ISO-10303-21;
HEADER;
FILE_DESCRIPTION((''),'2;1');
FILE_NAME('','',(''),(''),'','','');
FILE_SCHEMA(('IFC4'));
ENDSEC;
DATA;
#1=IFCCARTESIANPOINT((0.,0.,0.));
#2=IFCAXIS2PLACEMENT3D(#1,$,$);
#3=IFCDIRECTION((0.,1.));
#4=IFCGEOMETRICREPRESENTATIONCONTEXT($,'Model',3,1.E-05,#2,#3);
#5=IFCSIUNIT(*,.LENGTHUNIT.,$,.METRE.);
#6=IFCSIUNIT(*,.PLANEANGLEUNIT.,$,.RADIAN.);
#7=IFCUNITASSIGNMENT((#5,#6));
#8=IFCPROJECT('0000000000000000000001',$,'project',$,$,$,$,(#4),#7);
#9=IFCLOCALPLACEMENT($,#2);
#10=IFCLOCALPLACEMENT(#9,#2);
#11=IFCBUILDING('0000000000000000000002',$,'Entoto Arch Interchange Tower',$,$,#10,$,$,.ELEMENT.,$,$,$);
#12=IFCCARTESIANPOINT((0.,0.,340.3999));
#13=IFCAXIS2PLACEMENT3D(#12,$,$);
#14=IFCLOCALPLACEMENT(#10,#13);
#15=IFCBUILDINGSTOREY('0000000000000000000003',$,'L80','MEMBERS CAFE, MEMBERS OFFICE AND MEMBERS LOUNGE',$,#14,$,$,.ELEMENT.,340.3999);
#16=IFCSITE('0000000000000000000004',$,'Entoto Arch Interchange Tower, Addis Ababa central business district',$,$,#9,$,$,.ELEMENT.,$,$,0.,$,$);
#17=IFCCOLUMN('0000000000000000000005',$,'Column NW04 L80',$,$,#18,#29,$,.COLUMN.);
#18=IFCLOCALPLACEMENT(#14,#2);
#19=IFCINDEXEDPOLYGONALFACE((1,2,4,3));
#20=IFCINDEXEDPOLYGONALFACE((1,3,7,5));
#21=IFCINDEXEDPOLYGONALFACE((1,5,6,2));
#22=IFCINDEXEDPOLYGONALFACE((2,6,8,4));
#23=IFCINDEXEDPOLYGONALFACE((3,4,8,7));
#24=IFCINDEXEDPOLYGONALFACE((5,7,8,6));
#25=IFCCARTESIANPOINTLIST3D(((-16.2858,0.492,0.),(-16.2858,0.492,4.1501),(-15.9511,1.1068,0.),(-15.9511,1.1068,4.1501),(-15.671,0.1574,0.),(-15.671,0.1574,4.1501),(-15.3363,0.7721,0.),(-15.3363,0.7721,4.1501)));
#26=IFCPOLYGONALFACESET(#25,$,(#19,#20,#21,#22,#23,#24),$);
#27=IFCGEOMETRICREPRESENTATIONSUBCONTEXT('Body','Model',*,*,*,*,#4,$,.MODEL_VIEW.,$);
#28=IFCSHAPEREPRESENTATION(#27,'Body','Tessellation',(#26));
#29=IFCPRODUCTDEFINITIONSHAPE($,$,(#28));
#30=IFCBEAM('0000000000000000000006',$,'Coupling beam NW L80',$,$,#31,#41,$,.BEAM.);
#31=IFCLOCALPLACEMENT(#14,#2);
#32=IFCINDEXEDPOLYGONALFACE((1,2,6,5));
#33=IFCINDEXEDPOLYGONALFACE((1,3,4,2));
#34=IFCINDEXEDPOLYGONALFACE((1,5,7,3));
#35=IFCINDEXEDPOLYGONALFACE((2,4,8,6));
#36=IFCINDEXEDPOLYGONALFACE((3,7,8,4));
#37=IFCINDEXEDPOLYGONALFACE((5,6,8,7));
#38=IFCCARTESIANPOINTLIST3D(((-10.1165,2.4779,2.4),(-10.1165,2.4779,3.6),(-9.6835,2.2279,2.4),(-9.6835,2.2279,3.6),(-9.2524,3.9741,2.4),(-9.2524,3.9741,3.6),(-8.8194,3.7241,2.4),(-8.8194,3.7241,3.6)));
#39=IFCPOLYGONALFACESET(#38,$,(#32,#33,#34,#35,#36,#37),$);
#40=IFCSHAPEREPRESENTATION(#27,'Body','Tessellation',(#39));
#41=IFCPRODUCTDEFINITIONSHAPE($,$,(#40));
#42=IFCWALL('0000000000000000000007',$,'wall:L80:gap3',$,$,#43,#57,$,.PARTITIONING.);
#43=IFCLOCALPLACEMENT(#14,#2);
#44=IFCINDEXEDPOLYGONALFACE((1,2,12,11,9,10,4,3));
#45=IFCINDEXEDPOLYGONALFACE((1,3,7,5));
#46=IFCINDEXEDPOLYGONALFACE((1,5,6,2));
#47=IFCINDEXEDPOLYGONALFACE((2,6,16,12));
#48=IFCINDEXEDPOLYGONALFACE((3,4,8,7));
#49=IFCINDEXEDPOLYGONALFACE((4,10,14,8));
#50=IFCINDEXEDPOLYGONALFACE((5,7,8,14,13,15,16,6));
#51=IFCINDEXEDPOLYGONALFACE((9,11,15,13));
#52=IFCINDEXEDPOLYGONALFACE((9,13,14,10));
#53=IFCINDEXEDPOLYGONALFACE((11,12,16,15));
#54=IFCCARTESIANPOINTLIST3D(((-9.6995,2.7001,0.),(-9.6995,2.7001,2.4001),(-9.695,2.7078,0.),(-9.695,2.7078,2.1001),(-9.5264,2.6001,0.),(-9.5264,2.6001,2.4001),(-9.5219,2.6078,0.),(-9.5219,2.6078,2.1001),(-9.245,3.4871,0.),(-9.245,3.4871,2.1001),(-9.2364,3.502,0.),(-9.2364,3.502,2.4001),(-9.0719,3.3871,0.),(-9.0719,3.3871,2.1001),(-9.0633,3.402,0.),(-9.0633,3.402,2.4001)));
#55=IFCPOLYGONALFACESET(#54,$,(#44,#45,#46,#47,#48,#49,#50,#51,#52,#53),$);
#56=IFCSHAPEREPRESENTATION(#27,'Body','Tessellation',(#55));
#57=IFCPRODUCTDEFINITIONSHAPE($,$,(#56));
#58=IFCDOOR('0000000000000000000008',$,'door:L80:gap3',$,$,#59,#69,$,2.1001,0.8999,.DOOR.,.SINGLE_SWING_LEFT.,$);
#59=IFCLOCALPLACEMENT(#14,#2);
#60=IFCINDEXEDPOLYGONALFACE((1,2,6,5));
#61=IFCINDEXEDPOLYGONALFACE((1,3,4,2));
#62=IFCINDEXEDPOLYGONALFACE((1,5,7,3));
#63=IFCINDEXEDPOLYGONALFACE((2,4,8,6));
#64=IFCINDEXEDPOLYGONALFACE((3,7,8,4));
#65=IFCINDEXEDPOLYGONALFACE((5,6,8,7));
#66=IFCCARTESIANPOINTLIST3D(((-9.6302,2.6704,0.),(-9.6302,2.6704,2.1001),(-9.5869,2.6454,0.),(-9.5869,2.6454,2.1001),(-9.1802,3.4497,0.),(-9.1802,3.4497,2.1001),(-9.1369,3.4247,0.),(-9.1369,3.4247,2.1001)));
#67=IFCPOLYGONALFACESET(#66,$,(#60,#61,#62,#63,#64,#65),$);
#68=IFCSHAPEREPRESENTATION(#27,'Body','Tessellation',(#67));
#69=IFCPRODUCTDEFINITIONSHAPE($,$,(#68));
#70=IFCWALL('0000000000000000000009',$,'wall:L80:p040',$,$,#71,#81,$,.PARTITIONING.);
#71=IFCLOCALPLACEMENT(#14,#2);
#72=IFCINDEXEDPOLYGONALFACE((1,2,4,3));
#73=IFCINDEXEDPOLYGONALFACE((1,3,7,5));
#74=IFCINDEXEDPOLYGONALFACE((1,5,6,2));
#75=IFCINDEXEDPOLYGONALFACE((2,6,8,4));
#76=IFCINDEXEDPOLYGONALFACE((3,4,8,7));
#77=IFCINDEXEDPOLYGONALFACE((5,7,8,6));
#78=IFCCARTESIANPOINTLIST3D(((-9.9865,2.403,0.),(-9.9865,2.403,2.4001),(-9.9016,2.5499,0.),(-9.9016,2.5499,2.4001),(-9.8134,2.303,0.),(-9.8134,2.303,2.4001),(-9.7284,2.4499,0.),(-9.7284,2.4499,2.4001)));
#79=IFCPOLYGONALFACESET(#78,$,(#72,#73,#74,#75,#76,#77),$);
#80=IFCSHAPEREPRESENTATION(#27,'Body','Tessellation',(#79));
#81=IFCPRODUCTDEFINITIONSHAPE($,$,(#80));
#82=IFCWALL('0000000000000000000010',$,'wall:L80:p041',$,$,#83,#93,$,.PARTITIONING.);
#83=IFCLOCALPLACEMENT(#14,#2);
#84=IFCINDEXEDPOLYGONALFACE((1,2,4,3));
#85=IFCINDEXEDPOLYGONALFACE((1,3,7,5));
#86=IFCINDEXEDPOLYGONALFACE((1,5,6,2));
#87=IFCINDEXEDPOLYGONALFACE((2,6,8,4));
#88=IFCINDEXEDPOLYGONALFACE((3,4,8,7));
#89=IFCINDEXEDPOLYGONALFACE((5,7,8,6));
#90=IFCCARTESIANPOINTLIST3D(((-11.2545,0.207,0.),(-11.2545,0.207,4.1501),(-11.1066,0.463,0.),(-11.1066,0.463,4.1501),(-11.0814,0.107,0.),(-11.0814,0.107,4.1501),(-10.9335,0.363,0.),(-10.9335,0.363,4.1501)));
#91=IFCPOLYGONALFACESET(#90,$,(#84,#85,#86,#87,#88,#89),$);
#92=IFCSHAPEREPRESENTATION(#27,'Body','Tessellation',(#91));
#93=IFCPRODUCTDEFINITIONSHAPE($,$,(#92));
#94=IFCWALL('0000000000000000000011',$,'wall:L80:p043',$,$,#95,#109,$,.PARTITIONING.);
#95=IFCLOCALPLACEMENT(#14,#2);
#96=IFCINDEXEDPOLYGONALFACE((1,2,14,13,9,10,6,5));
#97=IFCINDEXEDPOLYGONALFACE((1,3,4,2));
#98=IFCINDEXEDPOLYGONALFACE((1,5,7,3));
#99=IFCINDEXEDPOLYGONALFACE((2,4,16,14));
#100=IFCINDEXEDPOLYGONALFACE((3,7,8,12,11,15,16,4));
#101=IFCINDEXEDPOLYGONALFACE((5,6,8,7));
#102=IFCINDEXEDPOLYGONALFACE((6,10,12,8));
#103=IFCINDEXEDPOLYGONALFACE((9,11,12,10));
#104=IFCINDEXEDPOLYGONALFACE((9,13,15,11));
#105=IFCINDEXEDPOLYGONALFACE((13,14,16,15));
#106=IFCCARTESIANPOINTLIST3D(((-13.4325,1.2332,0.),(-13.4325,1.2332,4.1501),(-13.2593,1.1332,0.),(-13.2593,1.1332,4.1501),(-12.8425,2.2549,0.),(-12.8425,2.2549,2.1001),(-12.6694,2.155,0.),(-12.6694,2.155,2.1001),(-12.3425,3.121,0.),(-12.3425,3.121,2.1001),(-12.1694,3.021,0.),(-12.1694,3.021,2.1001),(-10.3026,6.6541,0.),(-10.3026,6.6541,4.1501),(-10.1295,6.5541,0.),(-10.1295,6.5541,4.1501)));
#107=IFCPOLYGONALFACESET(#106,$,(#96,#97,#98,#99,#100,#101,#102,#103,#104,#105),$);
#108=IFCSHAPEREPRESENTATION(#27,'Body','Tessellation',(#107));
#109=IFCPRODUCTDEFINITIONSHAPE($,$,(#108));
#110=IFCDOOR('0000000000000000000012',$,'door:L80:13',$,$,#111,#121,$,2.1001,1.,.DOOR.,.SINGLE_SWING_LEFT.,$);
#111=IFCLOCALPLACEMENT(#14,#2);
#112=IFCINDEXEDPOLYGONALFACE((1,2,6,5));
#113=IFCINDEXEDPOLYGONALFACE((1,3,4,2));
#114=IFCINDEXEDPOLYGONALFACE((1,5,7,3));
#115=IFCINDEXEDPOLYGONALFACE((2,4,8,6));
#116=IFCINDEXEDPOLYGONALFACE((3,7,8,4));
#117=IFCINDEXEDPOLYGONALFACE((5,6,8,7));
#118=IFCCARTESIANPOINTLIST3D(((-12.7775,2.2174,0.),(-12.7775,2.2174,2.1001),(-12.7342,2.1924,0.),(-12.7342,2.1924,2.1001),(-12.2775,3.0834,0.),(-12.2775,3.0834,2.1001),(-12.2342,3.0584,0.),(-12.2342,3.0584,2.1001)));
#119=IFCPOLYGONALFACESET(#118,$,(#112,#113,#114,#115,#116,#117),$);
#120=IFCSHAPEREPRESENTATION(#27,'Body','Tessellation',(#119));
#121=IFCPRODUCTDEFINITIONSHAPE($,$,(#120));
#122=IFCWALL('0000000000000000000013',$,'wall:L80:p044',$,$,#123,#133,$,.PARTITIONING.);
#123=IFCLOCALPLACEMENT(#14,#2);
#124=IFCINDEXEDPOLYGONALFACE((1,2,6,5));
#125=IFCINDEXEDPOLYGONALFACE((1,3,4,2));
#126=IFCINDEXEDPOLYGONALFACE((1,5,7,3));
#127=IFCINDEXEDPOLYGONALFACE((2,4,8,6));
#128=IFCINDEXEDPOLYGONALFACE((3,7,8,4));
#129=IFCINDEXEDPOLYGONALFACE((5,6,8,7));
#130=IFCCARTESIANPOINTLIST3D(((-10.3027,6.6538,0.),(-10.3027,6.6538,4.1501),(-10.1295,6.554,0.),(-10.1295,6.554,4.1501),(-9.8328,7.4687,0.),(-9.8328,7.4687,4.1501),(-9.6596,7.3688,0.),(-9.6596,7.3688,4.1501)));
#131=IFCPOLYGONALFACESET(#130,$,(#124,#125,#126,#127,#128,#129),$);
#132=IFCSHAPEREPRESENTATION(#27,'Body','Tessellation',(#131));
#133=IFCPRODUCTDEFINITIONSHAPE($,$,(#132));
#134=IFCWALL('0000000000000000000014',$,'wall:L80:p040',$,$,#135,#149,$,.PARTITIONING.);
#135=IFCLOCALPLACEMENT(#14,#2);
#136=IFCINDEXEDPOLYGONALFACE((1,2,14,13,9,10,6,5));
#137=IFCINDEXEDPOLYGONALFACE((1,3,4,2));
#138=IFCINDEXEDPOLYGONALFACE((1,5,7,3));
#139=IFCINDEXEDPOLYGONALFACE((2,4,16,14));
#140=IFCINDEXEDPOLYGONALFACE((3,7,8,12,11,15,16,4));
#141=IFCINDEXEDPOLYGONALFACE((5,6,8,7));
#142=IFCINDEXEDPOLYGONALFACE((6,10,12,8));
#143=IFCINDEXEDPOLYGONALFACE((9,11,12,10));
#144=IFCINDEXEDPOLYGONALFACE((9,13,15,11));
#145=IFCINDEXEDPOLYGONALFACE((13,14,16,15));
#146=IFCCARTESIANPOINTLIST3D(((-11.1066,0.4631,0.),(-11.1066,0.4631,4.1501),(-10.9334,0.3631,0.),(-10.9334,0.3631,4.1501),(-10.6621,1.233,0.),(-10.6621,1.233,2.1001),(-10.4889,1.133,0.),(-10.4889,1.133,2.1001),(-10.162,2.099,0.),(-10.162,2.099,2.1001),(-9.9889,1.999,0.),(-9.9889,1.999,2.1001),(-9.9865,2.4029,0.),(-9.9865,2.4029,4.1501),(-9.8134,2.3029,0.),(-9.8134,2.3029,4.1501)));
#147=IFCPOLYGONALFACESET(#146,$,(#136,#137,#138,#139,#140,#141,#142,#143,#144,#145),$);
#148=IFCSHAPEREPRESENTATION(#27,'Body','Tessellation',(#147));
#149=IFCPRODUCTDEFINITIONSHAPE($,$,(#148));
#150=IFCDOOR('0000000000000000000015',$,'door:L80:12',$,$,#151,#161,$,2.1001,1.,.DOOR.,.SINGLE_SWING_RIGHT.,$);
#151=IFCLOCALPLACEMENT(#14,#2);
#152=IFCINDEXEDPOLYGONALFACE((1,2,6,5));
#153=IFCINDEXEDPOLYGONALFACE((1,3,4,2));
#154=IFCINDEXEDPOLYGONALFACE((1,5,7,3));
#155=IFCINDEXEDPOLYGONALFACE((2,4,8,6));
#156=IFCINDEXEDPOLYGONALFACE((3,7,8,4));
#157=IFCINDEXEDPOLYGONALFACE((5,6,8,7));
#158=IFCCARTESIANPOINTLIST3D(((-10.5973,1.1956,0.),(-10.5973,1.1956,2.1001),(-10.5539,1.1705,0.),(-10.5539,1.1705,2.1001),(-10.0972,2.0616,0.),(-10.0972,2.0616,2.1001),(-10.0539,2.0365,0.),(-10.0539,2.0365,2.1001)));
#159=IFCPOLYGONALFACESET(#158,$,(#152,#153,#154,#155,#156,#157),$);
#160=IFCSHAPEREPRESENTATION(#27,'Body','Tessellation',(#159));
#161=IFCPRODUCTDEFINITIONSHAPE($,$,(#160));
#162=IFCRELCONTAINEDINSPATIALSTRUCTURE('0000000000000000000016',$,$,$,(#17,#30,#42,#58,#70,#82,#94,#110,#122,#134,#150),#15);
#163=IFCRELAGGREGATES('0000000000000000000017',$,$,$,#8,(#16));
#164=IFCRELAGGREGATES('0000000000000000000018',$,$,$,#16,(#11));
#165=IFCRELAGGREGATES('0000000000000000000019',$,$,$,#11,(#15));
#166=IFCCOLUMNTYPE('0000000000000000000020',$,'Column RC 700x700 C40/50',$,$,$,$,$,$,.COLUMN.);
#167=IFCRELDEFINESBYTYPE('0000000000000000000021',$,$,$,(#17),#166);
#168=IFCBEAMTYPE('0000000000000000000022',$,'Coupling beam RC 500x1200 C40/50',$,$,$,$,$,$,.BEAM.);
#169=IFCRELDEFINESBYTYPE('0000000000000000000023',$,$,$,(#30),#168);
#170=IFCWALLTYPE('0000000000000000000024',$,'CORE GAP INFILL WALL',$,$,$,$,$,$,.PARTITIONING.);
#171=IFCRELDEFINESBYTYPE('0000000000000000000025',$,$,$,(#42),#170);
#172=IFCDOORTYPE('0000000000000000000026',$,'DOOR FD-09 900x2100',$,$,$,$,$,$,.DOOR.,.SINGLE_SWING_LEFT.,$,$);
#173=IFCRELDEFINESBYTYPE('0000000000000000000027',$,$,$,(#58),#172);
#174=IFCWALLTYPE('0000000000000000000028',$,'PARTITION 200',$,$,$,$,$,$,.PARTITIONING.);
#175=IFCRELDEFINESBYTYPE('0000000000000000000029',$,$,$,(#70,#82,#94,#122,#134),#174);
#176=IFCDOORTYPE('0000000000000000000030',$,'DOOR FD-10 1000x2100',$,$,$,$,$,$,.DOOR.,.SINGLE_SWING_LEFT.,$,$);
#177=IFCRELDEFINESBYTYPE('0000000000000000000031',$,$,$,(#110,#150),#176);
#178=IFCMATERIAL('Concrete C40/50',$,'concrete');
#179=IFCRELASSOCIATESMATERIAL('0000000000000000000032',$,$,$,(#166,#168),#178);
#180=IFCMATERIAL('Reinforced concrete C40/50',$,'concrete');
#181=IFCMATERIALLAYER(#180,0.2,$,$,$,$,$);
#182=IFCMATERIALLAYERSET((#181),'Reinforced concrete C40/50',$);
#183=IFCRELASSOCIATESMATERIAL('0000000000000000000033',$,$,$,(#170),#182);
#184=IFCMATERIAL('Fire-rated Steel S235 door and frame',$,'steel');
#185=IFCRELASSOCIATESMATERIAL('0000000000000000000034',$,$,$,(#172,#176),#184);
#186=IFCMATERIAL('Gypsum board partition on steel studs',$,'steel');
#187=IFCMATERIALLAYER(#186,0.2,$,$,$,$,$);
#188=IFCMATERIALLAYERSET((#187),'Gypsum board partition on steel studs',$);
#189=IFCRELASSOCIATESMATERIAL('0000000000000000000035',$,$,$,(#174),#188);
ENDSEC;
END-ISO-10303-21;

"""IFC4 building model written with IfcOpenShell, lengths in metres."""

from ifc_helpers import new_model, si_unit, direction, frame, frame_2d, origin, origin_2d, place, context, subcontext, project, spatial, rectangle, extrude, material, layer, layer_set, material_profile, profile_set, type_object, element, fill, save


model = new_model("IFC4")

# Units and contexts
model_context = context("Model", 3, precision=1e-05, world=origin(), true_north=direction((0.0, 1.0)))
body_context = subcontext(model_context, "Body", "Model", "MODEL_VIEW")
ifc_project = project(units=[si_unit("LENGTHUNIT", "METRE"), si_unit("PLANEANGLEUNIT", "RADIAN")], contexts=[model_context])

# Site, building, storey
site_placement = place(None, origin())
site = spatial("IfcSite", under=ifc_project, at=site_placement, Name="Entoto Arch Interchange Tower, Addis Ababa central business district", CompositionType="ELEMENT", RefElevation=0.0)
building_placement = place(site_placement, origin())
building = spatial("IfcBuilding", under=site, at=building_placement, Name="Entoto Arch Interchange Tower", CompositionType="ELEMENT")
storey_placement = place(building_placement, frame((0.0, 0.0, 340.3999)))
storey = spatial("IfcBuildingStorey", under=building, at=storey_placement, Name="L80", Description="MEMBERS CAFE, MEMBERS OFFICE AND MEMBERS LOUNGE", CompositionType="ELEMENT", Elevation=340.3999)

# Column
ifc_material_1 = material(Name="Concrete C40/50", Category="concrete")
ifc_material_profile_1 = material_profile(ifc_material_1, rectangle(XDim=0.7, YDim=0.7, at=origin_2d()))
ifc_profile_set_1 = profile_set([ifc_material_profile_1], Name="Concrete C40/50")
column_type = type_object("IfcColumnType", Name="Column RC 700x700 C40/50", PredefinedType="COLUMN", material=ifc_profile_set_1)
column_placement = place(storey_placement, frame((-15.811, 0.6321, 0.0), z_axis=(0.0, 0.0, 1.0), x_axis=(0.47814, 0.878284, 0.0)))
element("IfcColumn", 1, at=column_placement, inside=storey, type_object=column_type, Name="Column NW04 L80", PredefinedType="COLUMN", context=body_context, shape_type="SweptSolid", body=[
    extrude(rectangle(XDim=0.7, YDim=0.7, at=origin_2d()), origin(), (0.0, 0.0, 1.0), 4.1501),
])

# Beam
ifc_material_profile_2 = material_profile(ifc_material_1, rectangle(XDim=0.5, YDim=1.2, at=origin_2d()))
ifc_profile_set_2 = profile_set([ifc_material_profile_2], Name="Concrete C40/50")
beam_type = type_object("IfcBeamType", Name="Coupling beam RC 500x1200 C40/50", PredefinedType="BEAM", material=ifc_profile_set_2)
beam_placement = place(storey_placement, frame((-9.0359, 3.8491, 3.0), z_axis=(-0.500106, -0.865964, 0.0), x_axis=(0.865964, -0.500106, 0.0)))
element("IfcBeam", 2, at=beam_placement, inside=storey, type_object=beam_type, Name="Coupling beam NW L80", PredefinedType="BEAM", context=body_context, shape_type="SweptSolid", body=[
    extrude(rectangle(XDim=0.5, YDim=1.2, at=origin_2d()), origin(), (0.0, 0.0, 1.0), 1.7278),
])

# Wall, opening, door
ifc_material_2 = material(Name="Reinforced concrete C40/50", Category="concrete")
ifc_layer_1 = layer(ifc_material_2, 0.2)
ifc_layer_set_1 = layer_set([ifc_layer_1], Name="Reinforced concrete C40/50")
wall_type_1 = type_object("IfcWallType", Name="CORE GAP INFILL WALL", PredefinedType="PARTITIONING", material=ifc_layer_set_1)
wall_1_placement = place(storey_placement, frame((-9.1499, 3.4519, 0.0), z_axis=(0.0, 0.0, 1.0), x_axis=(-0.50008, -0.865979, 0.0)))
wall_1 = element("IfcWall", 3, at=wall_1_placement, inside=storey, type_object=wall_type_1, Name="wall:L80:gap3", PredefinedType="PARTITIONING", context=body_context, shape_type="SweptSolid", body=[
    extrude(rectangle(XDim=0.926, YDim=0.2, at=frame_2d((0.4629, 0.0))), origin(), (0.0, 0.0, 1.0), 2.4001),
])
opening_1_placement = place(wall_1_placement, frame((0.0171, 0.0, 0.0)))
opening_1 = element("IfcOpeningElement", 4, at=opening_1_placement, cuts=wall_1, PredefinedType="OPENING", context=body_context, shape_type="SweptSolid", body=[
    extrude(rectangle(XDim=0.8999, YDim=2.1001, at=frame_2d((0.45, 1.05))), frame((0.0, 0.1099, 0.0), z_axis=(0.0, -1.0, 0.0), x_axis=(1.0, 0.0, 0.0)), (0.0, 0.0, 1.0), 0.22),
])
ifc_material_3 = material(Name="Fire-rated Steel S235 door and frame", Category="steel")
door_type_1 = type_object("IfcDoorType", Name="DOOR FD-09 900x2100", OperationType="SINGLE_SWING_LEFT", PredefinedType="DOOR", material=ifc_material_3)
door_1_placement = place(opening_1_placement, origin())
door_1 = element("IfcDoor", 5, at=door_1_placement, inside=storey, type_object=door_type_1, Name="door:L80:gap3", OperationType="SINGLE_SWING_LEFT", OverallHeight=2.1001, OverallWidth=0.8999, PredefinedType="DOOR", context=body_context, shape_type="SweptSolid", body=[
    extrude(rectangle(XDim=0.8999, YDim=2.1001, at=frame_2d((0.45, 1.05))), frame((0.0, 0.0249, 0.0), z_axis=(0.0, -1.0, 0.0), x_axis=(1.0, 0.0, 0.0)), (0.0, 0.0, 1.0), 0.05),
])
fill(opening_1, door_1)

# Walls
ifc_material_4 = material(Name="Gypsum board partition on steel studs", Category="steel")
ifc_layer_2 = layer(ifc_material_4, 0.2)
ifc_layer_set_2 = layer_set([ifc_layer_2], Name="Gypsum board partition on steel studs")
wall_type_2 = type_object("IfcWallType", Name="PARTITION 200", PredefinedType="PARTITIONING", material=ifc_layer_set_2)
wall_2_placement = place(storey_placement, frame((-9.8149, 2.5, 0.0), z_axis=(0.0, 0.0, 1.0), x_axis=(-0.500469, -0.865754, 0.0)))
element("IfcWall", 6, at=wall_2_placement, inside=storey, type_object=wall_type_2, Name="wall:L80:p040", PredefinedType="PARTITIONING", context=body_context, shape_type="SweptSolid", body=[
    extrude(rectangle(XDim=0.1697, YDim=0.2, at=frame_2d((0.085, 0.0))), origin(), (0.0, 0.0, 1.0), 2.4001),
])
wall_3_placement = place(storey_placement, frame((-11.02, 0.4131, 0.0), z_axis=(0.0, 0.0, 1.0), x_axis=(-0.500223, -0.865897, 0.0)))
element("IfcWall", 7, at=wall_3_placement, inside=storey, type_object=wall_type_2, Name="wall:L80:p041", PredefinedType="PARTITIONING", context=body_context, shape_type="SweptSolid", body=[
    extrude(rectangle(XDim=0.2957, YDim=0.2, at=frame_2d((0.1479, 0.0))), origin(), (0.0, 0.0, 1.0), 4.1501),
])

# Wall, opening, door
wall_4_placement = place(storey_placement, frame((-13.3459, 1.1831, 0.0), z_axis=(0.0, 0.0, 1.0), x_axis=(0.500015, 0.866017, 0.0)))
wall_4 = element("IfcWall", 8, at=wall_4_placement, inside=storey, type_object=wall_type_2, Name="wall:L80:p043", PredefinedType="PARTITIONING", context=body_context, shape_type="SweptSolid", body=[
    extrude(rectangle(XDim=6.2595, YDim=0.2, at=frame_2d((3.1299, 0.0))), origin(), (0.0, 0.0, 1.0), 4.1501),
])
opening_2_placement = place(wall_4_placement, frame((1.1799, 0.0, 0.0)))
opening_2 = element("IfcOpeningElement", 9, at=opening_2_placement, cuts=wall_4, PredefinedType="OPENING", context=body_context, shape_type="SweptSolid", body=[
    extrude(rectangle(XDim=1.0, YDim=2.1001, at=frame_2d((0.5, 1.05))), frame((0.0, 0.1099, 0.0), z_axis=(0.0, -1.0, 0.0), x_axis=(1.0, 0.0, 0.0)), (0.0, 0.0, 1.0), 0.22),
])
door_type_2 = type_object("IfcDoorType", Name="DOOR FD-10 1000x2100", OperationType="SINGLE_SWING_LEFT", PredefinedType="DOOR", material=ifc_material_3)
door_2_placement = place(opening_2_placement, origin())
door_2 = element("IfcDoor", 10, at=door_2_placement, inside=storey, type_object=door_type_2, Name="door:L80:13", OperationType="SINGLE_SWING_LEFT", OverallHeight=2.1001, OverallWidth=1.0, PredefinedType="DOOR", context=body_context, shape_type="SweptSolid", body=[
    extrude(rectangle(XDim=1.0, YDim=2.1001, at=frame_2d((0.5, 1.05))), frame((0.0, 0.0249, 0.0), z_axis=(0.0, -1.0, 0.0), x_axis=(1.0, 0.0, 0.0)), (0.0, 0.0, 1.0), 0.05),
])
fill(opening_2, door_2)

# Wall
wall_5_placement = place(storey_placement, frame((-10.2161, 6.604, 0.0), z_axis=(0.0, 0.0, 1.0), x_axis=(0.499573, 0.866272, 0.0)))
element("IfcWall", 11, at=wall_5_placement, inside=storey, type_object=wall_type_2, Name="wall:L80:p044", PredefinedType="PARTITIONING", context=body_context, shape_type="SweptSolid", body=[
    extrude(rectangle(XDim=0.9407, YDim=0.2, at=frame_2d((0.4702, 0.0))), origin(), (0.0, 0.0, 1.0), 4.1501),
])

# Wall, opening, door
wall_6_placement = place(storey_placement, frame((-9.8999, 2.353, 0.0), z_axis=(0.0, 0.0, 1.0), x_axis=(-0.500031, -0.866008, 0.0)))
wall_6 = element("IfcWall", 12, at=wall_6_placement, inside=storey, type_object=wall_type_2, Name="wall:L80:p040", PredefinedType="PARTITIONING", context=body_context, shape_type="SweptSolid", body=[
    extrude(rectangle(XDim=2.24, YDim=0.2, at=frame_2d((1.1201, 0.0))), origin(), (0.0, 0.0, 1.0), 4.1501),
])
opening_3_placement = place(wall_6_placement, frame((0.3511, 0.0, 0.0)))
opening_3 = element("IfcOpeningElement", 13, at=opening_3_placement, cuts=wall_6, PredefinedType="OPENING", context=body_context, shape_type="SweptSolid", body=[
    extrude(rectangle(XDim=1.0, YDim=2.1001, at=frame_2d((0.5, 1.05))), frame((0.0, 0.1099, 0.0), z_axis=(0.0, -1.0, 0.0), x_axis=(1.0, 0.0, 0.0)), (0.0, 0.0, 1.0), 0.22),
])
door_3_placement = place(opening_3_placement, origin())
door_3 = element("IfcDoor", 14, at=door_3_placement, inside=storey, type_object=door_type_2, Name="door:L80:12", OperationType="SINGLE_SWING_RIGHT", OverallHeight=2.1001, OverallWidth=1.0, PredefinedType="DOOR", context=body_context, shape_type="SweptSolid", body=[
    extrude(rectangle(XDim=1.0, YDim=2.1001, at=frame_2d((0.5, 1.05))), frame((0.0, 0.0249, 0.0), z_axis=(0.0, -1.0, 0.0), x_axis=(1.0, 0.0, 0.0)), (0.0, 0.0, 1.0), 0.05),
])
fill(opening_3, door_3)

save(model, "model.ifc")
